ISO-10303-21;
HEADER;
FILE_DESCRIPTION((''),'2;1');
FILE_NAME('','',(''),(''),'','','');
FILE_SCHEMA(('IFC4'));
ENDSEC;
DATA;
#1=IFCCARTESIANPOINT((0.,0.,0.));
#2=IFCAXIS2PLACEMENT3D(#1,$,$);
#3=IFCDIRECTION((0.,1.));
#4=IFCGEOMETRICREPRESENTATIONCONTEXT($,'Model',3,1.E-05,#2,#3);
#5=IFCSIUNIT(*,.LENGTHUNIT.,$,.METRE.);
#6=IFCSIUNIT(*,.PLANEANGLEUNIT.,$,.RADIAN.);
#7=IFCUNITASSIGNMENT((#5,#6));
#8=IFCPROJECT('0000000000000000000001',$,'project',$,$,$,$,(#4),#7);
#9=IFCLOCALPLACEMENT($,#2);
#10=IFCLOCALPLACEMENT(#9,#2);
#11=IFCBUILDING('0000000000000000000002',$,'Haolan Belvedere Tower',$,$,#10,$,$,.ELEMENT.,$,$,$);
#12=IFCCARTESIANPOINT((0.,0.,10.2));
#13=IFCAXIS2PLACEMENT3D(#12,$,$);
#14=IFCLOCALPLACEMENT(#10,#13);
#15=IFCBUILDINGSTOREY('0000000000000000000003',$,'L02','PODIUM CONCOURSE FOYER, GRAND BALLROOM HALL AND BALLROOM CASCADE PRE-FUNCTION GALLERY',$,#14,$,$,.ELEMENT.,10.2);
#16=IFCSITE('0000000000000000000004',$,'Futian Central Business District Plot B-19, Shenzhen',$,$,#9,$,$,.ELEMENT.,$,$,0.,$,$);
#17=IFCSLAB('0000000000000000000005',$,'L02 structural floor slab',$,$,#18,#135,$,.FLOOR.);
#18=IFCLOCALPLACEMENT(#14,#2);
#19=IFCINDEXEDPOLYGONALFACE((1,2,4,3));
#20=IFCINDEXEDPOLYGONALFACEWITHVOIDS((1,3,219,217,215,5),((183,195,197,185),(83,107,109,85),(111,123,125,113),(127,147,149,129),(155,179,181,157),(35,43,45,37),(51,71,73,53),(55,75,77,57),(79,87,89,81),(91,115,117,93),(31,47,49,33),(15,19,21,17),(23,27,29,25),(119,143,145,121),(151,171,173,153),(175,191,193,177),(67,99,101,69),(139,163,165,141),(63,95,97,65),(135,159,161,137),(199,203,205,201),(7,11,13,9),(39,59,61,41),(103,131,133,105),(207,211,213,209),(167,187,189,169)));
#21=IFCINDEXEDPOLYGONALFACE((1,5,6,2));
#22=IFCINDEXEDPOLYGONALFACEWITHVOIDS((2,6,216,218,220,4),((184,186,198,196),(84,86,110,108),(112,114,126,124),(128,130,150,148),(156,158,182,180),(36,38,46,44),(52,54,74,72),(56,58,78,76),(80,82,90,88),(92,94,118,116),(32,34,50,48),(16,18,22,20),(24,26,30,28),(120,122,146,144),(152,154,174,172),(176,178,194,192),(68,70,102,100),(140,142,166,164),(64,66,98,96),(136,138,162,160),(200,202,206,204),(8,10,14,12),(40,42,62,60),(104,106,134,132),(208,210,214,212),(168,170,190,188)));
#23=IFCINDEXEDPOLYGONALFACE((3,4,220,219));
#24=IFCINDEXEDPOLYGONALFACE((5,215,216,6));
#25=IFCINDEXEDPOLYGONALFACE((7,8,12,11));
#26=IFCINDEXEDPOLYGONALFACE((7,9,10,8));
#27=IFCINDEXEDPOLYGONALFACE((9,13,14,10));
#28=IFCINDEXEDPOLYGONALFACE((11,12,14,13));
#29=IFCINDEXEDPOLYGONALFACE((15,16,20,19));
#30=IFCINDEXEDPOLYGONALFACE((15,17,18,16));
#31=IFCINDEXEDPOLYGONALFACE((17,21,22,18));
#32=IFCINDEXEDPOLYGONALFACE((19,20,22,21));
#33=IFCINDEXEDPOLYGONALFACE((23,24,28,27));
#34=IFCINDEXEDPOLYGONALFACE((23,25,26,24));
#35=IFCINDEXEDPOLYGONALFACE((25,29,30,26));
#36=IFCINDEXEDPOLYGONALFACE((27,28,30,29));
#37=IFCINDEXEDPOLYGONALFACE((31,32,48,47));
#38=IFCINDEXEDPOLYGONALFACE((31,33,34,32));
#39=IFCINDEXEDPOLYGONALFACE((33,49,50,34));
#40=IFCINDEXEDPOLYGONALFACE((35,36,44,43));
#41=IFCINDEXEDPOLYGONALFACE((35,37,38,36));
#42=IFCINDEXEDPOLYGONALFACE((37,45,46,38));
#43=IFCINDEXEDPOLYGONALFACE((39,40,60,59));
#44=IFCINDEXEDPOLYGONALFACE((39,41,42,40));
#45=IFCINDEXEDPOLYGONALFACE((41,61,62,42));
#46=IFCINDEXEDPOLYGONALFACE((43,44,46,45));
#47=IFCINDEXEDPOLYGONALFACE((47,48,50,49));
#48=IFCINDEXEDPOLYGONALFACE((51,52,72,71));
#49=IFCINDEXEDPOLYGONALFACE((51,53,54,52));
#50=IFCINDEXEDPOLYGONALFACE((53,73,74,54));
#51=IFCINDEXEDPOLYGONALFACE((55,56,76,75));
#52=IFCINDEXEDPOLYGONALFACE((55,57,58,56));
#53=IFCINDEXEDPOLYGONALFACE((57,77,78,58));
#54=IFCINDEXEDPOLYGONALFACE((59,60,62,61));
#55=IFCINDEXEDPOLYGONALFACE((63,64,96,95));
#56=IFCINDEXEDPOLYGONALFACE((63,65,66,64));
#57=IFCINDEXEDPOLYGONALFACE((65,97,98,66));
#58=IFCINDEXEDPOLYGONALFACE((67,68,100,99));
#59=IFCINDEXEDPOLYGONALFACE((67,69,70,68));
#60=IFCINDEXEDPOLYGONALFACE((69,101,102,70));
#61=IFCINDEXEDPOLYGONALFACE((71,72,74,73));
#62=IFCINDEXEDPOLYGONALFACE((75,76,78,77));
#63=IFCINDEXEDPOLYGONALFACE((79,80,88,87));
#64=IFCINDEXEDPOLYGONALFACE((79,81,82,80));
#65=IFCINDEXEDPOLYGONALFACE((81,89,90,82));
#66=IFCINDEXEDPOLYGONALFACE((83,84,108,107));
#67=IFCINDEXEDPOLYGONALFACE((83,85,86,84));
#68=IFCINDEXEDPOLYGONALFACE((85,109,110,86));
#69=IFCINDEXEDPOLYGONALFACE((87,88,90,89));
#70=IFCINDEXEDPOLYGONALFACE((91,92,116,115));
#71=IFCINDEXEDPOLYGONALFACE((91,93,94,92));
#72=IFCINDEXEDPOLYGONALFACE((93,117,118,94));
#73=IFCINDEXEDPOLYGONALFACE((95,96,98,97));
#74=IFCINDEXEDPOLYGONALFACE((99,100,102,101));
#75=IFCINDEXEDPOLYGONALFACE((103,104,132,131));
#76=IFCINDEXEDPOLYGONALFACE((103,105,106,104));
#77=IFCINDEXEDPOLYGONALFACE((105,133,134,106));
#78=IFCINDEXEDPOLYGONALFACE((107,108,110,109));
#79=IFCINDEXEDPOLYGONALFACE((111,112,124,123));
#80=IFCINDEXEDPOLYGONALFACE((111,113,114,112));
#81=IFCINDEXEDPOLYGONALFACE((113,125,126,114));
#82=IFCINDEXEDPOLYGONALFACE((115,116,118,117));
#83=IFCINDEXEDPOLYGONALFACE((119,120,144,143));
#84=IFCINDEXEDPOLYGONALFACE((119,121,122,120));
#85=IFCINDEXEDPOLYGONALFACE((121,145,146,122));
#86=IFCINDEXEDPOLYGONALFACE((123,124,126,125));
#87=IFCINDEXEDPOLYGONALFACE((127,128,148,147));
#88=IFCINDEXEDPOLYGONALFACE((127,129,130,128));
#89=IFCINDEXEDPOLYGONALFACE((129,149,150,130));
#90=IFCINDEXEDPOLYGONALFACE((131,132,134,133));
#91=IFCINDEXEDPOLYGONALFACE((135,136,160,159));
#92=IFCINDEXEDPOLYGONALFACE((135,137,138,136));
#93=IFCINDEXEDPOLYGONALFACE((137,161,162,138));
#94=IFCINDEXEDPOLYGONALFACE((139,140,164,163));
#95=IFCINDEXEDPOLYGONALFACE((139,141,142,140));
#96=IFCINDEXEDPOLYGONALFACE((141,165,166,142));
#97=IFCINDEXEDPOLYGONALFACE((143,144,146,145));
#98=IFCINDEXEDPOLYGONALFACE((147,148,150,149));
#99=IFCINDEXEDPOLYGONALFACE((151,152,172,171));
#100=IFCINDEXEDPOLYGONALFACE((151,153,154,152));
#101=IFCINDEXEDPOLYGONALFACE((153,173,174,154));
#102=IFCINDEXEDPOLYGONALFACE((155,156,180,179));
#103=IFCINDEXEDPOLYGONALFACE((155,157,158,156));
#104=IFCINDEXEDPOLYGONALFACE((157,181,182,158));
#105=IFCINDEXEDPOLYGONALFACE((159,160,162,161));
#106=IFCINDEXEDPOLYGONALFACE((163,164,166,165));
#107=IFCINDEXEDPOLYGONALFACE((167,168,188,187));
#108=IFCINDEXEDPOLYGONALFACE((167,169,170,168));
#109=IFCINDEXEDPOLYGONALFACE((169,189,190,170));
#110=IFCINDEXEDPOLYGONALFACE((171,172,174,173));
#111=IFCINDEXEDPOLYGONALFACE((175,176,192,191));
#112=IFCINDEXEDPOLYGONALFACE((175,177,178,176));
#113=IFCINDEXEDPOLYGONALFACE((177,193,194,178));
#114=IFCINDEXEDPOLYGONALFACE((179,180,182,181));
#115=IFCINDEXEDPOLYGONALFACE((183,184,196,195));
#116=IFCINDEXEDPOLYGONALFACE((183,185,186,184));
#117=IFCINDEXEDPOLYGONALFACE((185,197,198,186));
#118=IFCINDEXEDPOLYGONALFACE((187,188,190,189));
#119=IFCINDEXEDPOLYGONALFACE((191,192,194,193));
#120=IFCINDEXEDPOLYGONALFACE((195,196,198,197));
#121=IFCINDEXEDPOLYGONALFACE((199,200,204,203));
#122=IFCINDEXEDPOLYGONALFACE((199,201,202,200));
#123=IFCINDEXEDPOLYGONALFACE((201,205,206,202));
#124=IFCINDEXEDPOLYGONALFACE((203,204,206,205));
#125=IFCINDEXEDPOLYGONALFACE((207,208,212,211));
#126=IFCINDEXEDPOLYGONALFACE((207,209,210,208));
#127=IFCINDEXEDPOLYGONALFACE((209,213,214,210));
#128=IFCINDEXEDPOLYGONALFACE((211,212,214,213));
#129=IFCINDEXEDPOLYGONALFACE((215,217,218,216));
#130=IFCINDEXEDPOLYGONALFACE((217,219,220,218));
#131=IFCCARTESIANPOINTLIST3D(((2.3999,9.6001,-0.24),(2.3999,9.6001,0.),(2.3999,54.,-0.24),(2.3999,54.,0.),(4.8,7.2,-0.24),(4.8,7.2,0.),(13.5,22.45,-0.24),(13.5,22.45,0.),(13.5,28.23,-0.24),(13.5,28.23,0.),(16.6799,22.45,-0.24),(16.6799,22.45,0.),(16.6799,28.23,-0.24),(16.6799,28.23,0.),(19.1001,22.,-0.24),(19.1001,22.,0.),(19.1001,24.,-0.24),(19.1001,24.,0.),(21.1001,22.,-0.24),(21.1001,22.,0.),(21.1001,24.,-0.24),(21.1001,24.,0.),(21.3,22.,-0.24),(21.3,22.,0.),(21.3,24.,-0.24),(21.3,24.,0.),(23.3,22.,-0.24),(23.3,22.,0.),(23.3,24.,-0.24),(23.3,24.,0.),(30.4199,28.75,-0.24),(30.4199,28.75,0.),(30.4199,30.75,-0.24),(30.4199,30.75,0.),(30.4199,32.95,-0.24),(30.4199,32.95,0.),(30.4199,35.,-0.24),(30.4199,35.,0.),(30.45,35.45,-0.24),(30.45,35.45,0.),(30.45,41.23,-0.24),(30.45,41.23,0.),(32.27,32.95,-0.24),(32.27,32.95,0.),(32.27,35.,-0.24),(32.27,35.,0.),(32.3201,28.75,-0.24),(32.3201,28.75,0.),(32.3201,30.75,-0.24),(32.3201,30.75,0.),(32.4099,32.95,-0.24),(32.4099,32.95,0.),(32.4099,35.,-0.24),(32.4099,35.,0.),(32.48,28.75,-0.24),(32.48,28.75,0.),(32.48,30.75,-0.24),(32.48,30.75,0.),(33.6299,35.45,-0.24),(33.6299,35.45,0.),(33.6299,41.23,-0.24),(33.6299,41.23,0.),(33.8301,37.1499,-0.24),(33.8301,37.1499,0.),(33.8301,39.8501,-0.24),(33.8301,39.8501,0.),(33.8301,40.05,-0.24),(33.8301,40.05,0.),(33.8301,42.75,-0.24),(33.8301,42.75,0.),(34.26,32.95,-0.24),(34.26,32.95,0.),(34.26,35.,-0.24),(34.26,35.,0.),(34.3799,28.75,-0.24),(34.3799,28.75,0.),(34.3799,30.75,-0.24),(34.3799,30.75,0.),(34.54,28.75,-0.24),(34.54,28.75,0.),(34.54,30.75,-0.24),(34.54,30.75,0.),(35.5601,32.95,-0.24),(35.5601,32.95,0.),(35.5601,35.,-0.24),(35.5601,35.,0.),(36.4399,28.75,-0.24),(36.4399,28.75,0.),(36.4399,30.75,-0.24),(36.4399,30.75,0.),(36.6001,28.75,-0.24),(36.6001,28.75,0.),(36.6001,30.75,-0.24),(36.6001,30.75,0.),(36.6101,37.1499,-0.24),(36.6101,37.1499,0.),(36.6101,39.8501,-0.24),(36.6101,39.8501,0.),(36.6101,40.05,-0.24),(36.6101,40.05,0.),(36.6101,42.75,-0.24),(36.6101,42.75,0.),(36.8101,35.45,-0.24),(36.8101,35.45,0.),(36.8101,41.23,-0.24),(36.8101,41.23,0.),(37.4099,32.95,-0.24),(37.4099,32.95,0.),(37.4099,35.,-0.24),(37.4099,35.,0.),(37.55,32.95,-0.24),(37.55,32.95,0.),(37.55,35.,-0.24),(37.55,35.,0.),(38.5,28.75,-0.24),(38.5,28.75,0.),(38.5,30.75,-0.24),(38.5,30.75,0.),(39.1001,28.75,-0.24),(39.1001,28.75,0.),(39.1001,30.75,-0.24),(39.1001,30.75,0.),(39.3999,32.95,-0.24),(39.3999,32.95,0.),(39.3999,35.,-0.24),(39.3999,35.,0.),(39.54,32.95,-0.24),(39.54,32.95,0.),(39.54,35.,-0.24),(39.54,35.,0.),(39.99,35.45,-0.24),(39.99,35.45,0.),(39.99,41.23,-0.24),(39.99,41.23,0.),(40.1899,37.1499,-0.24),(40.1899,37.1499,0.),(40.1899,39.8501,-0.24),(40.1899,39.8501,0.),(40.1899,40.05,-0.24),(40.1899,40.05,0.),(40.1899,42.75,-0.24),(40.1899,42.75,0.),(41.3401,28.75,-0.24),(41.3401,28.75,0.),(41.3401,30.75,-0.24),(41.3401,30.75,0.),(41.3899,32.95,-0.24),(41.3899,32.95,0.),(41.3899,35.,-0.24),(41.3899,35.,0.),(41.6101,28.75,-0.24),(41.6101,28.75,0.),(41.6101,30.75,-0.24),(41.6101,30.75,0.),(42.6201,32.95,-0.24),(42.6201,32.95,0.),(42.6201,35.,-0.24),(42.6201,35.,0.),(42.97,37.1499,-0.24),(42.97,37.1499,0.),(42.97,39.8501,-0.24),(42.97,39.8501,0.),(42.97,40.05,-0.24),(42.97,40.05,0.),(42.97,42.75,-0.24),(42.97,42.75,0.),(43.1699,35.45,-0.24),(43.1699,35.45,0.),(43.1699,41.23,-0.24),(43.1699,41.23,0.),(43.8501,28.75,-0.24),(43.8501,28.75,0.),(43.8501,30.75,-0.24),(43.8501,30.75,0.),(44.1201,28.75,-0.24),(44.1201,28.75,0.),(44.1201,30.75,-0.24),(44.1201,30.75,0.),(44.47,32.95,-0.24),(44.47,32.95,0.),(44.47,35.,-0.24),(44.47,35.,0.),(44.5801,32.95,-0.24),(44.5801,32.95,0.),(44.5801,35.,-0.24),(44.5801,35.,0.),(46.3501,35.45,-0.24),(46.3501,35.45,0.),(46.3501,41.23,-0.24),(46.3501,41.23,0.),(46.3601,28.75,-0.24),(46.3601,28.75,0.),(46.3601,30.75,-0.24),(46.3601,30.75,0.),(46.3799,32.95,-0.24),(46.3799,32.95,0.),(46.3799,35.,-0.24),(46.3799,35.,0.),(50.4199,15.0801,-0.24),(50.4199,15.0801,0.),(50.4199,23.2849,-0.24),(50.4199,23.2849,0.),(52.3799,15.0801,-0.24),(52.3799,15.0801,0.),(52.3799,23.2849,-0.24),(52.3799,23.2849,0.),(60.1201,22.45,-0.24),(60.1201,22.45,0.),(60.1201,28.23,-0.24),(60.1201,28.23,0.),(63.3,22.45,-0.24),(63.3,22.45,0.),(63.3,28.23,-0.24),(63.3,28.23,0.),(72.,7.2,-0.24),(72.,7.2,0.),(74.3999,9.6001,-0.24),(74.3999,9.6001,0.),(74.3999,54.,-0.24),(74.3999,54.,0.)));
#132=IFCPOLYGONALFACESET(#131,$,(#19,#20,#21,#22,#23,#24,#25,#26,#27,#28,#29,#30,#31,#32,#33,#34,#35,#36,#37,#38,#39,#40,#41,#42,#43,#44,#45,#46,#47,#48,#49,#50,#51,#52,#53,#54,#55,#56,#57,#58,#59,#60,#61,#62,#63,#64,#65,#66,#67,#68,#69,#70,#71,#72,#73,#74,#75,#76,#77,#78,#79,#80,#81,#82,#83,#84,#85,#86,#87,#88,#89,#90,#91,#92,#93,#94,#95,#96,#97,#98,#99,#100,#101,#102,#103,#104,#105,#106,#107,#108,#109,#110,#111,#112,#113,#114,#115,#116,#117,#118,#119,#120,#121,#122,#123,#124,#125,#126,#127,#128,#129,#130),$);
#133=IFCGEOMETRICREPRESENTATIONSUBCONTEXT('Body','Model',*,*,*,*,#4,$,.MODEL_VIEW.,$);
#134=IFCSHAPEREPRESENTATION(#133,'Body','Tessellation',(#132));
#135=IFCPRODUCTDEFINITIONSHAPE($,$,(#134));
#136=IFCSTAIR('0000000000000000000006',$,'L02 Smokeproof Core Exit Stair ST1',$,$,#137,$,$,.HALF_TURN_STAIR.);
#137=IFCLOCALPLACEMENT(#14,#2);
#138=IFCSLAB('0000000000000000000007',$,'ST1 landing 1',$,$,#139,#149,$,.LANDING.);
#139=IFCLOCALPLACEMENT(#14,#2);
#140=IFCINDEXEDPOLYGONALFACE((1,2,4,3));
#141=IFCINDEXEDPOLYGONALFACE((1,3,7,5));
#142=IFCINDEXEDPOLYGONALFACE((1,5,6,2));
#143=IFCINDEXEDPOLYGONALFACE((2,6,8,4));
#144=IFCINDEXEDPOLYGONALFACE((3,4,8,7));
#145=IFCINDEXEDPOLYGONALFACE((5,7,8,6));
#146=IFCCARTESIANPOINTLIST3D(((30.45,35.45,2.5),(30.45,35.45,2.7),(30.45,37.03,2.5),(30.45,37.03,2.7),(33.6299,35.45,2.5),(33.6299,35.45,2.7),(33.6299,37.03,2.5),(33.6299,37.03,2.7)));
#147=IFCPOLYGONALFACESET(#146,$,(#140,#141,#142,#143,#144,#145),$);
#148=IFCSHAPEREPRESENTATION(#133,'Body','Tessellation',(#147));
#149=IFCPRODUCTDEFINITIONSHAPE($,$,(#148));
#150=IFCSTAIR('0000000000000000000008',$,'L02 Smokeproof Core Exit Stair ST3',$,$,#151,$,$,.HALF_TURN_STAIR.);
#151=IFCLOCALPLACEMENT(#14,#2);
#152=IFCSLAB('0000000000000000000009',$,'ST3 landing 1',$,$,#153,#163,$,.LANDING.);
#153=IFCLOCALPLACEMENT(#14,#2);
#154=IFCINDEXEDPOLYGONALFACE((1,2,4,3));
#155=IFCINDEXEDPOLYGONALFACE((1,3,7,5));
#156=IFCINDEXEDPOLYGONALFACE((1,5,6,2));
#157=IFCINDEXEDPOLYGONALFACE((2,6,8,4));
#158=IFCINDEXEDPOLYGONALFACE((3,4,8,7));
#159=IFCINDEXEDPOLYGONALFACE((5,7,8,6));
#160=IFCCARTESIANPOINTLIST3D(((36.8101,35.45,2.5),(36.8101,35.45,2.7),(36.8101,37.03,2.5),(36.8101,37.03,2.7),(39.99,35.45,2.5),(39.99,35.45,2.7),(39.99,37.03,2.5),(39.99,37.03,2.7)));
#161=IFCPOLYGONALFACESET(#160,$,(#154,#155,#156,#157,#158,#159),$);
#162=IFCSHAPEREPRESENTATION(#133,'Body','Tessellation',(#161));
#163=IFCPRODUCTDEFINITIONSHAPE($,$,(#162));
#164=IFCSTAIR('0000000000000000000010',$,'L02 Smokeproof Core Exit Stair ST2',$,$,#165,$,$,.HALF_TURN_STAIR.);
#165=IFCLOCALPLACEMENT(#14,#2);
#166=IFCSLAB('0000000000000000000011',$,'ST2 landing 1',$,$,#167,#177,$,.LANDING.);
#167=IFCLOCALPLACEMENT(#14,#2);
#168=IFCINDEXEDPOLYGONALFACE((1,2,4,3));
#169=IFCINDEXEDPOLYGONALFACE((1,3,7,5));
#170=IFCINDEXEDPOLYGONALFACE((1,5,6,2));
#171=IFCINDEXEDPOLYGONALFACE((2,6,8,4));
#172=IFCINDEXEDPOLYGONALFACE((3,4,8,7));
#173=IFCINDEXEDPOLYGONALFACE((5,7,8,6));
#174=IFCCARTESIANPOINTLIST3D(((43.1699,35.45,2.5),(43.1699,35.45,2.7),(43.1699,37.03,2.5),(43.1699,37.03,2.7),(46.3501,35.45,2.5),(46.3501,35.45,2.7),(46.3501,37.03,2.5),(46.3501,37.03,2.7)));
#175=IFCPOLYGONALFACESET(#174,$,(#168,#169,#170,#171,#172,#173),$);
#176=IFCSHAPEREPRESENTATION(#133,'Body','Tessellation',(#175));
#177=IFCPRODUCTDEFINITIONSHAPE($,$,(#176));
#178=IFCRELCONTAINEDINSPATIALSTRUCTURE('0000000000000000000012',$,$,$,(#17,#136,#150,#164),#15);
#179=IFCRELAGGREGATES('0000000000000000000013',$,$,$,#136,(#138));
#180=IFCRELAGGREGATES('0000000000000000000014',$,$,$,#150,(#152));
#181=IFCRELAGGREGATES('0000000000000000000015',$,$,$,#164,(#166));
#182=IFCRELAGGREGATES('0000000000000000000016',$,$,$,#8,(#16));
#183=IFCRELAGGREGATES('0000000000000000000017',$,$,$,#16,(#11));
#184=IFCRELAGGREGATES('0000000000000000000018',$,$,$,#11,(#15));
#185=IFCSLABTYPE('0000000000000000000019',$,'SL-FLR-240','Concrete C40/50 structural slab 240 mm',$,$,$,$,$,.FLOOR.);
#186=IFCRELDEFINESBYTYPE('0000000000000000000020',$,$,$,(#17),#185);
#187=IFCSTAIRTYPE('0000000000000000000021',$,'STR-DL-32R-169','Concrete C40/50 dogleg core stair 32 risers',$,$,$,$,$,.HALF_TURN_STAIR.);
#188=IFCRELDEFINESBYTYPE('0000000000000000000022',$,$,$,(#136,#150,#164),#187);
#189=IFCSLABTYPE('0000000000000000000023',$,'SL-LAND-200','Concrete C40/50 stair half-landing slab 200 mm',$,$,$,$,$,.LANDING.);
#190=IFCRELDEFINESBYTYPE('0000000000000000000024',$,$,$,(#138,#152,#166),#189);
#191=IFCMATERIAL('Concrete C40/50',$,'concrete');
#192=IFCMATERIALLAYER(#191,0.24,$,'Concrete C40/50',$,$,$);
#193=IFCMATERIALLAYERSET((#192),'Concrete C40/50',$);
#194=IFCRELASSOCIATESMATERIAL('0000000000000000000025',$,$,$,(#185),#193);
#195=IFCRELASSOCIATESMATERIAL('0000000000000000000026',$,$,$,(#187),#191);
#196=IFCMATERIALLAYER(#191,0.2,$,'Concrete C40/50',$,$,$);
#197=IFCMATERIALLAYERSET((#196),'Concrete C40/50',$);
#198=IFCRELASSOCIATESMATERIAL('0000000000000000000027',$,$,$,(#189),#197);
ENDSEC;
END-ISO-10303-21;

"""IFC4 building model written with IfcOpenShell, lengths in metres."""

from ifc_helpers import new_model, si_unit, direction, frame, origin, place, context, subcontext, project, spatial, polyline, outline, extrude, material, layer, layer_set, type_object, element, aggregate, save


model = new_model("IFC4")

# Units and contexts
model_context = context("Model", 3, precision=1e-05, world=origin(), true_north=direction((0.0, 1.0)))
body_context = subcontext(model_context, "Body", "Model", "MODEL_VIEW")
ifc_project = project(units=[si_unit("LENGTHUNIT", "METRE"), si_unit("PLANEANGLEUNIT", "RADIAN")], contexts=[model_context])

# Site, building, storey
site_placement = place(None, origin())
site = spatial("IfcSite", under=ifc_project, at=site_placement, Name="Futian Central Business District Plot B-19, Shenzhen", CompositionType="ELEMENT", RefElevation=0.0)
building_placement = place(site_placement, origin())
building = spatial("IfcBuilding", under=site, at=building_placement, Name="Haolan Belvedere Tower", CompositionType="ELEMENT")
storey_placement = place(building_placement, frame((0.0, 0.0, 10.2)))
storey = spatial("IfcBuildingStorey", under=building, at=storey_placement, Name="L02", Description="PODIUM CONCOURSE FOYER, GRAND BALLROOM HALL AND BALLROOM CASCADE PRE-FUNCTION GALLERY", CompositionType="ELEMENT", Elevation=10.2)

# Slab
ifc_material_1 = material(Name="Concrete C40/50", Category="concrete")
ifc_layer_1 = layer(ifc_material_1, 0.24, Name="Concrete C40/50")
ifc_layer_set_1 = layer_set([ifc_layer_1], Name="Concrete C40/50")
slab_type_1 = type_object("IfcSlabType", Name="SL-FLR-240", Description="Concrete C40/50 structural slab 240 mm", PredefinedType="FLOOR", material=ifc_layer_set_1)
slab_1_placement = place(storey_placement, frame((0.0, 0.0, -0.24)))
element("IfcSlab", 1, at=slab_1_placement, inside=storey, type_object=slab_type_1, Name="L02 structural floor slab", PredefinedType="FLOOR", context=body_context, shape_type="SweptSolid", body=[
    extrude(outline(polyline([(4.8, 7.2), (72.0, 7.2), (74.3999, 9.6001), (74.3999, 54.0), (2.3999, 54.0), (2.3999, 9.6001), (4.8, 7.2)]), holes=[polyline([(30.45, 41.23), (30.45, 35.45), (33.6299, 35.45), (33.6299, 41.23), (30.45, 41.23)]), polyline([(36.8101, 41.23), (36.8101, 35.45), (39.99, 35.45), (39.99, 41.23), (36.8101, 41.23)]), polyline([(43.1699, 41.23), (43.1699, 35.45), (46.3501, 35.45), (46.3501, 41.23), (43.1699, 41.23)]), polyline([(13.5, 28.23), (13.5, 22.45), (16.6799, 22.45), (16.6799, 28.23), (13.5, 28.23)]), polyline([(60.1201, 28.23), (60.1201, 22.45), (63.3, 22.45), (63.3, 28.23), (60.1201, 28.23)]), polyline([(50.4199, 15.0801), (52.3799, 15.0801), (52.3799, 23.2849), (50.4199, 23.2849), (50.4199, 15.0801)]), polyline([(33.8301, 40.05), (36.6101, 40.05), (36.6101, 42.75), (33.8301, 42.75), (33.8301, 40.05)]), polyline([(33.8301, 37.1499), (36.6101, 37.1499), (36.6101, 39.8501), (33.8301, 39.8501), (33.8301, 37.1499)]), polyline([(40.1899, 40.05), (42.97, 40.05), (42.97, 42.75), (40.1899, 42.75), (40.1899, 40.05)]), polyline([(40.1899, 37.1499), (42.97, 37.1499), (42.97, 39.8501), (40.1899, 39.8501), (40.1899, 37.1499)]), polyline([(30.4199, 32.95), (32.27, 32.95), (32.27, 35.0), (30.4199, 35.0), (30.4199, 32.95)]), polyline([(32.4099, 32.95), (34.26, 32.95), (34.26, 35.0), (32.4099, 35.0), (32.4099, 32.95)]), polyline([(35.5601, 32.95), (37.4099, 32.95), (37.4099, 35.0), (35.5601, 35.0), (35.5601, 32.95)]), polyline([(37.55, 32.95), (39.3999, 32.95), (39.3999, 35.0), (37.55, 35.0), (37.55, 32.95)]), polyline([(39.54, 32.95), (41.3899, 32.95), (41.3899, 35.0), (39.54, 35.0), (39.54, 32.95)]), polyline([(42.6201, 32.95), (44.47, 32.95), (44.47, 35.0), (42.6201, 35.0), (42.6201, 32.95)]), polyline([(44.5801, 32.95), (46.3799, 32.95), (46.3799, 35.0), (44.5801, 35.0), (44.5801, 32.95)]), polyline([(30.4199, 28.75), (32.3201, 28.75), (32.3201, 30.75), (30.4199, 30.75), (30.4199, 28.75)]), polyline([(32.48, 28.75), (34.3799, 28.75), (34.3799, 30.75), (32.48, 30.75), (32.48, 28.75)]), polyline([(34.54, 28.75), (36.4399, 28.75), (36.4399, 30.75), (34.54, 30.75), (34.54, 28.75)]), polyline([(36.6001, 28.75), (38.5, 28.75), (38.5, 30.75), (36.6001, 30.75), (36.6001, 28.75)]), polyline([(39.1001, 28.75), (41.3401, 28.75), (41.3401, 30.75), (39.1001, 30.75), (39.1001, 28.75)]), polyline([(41.6101, 28.75), (43.8501, 28.75), (43.8501, 30.75), (41.6101, 30.75), (41.6101, 28.75)]), polyline([(44.1201, 28.75), (46.3601, 28.75), (46.3601, 30.75), (44.1201, 30.75), (44.1201, 28.75)]), polyline([(19.1001, 22.0), (21.1001, 22.0), (21.1001, 24.0), (19.1001, 24.0), (19.1001, 22.0)]), polyline([(21.3, 22.0), (23.3, 22.0), (23.3, 24.0), (21.3, 24.0), (21.3, 22.0)])]), origin(), (0.0, 0.0, 1.0), 0.24),
])

# Stairs, slabs
stair_type = type_object("IfcStairType", Name="STR-DL-32R-169", Description="Concrete C40/50 dogleg core stair 32 risers", PredefinedType="HALF_TURN_STAIR", material=ifc_material_1)
stair_1_placement = place(storey_placement, origin())
stair_1 = element("IfcStair", 2, at=stair_1_placement, inside=storey, type_object=stair_type, Name="L02 Smokeproof Core Exit Stair ST1", PredefinedType="HALF_TURN_STAIR")
ifc_layer_2 = layer(ifc_material_1, 0.2, Name="Concrete C40/50")
ifc_layer_set_2 = layer_set([ifc_layer_2], Name="Concrete C40/50")
slab_type_2 = type_object("IfcSlabType", Name="SL-LAND-200", Description="Concrete C40/50 stair half-landing slab 200 mm", PredefinedType="LANDING", material=ifc_layer_set_2)
slab_2_placement = place(storey_placement, frame((0.0, 0.0, 2.5)))
slab_2 = element("IfcSlab", 3, at=slab_2_placement, type_object=slab_type_2, Name="ST1 landing 1", PredefinedType="LANDING", context=body_context, shape_type="SweptSolid", body=[
    extrude(outline(polyline([(30.45, 37.03), (30.45, 35.45), (33.6299, 35.45), (33.6299, 37.03), (30.45, 37.03)])), origin(), (0.0, 0.0, 1.0), 0.2),
])
aggregate(stair_1, [slab_2])
stair_2_placement = place(storey_placement, origin())
stair_2 = element("IfcStair", 4, at=stair_2_placement, inside=storey, type_object=stair_type, Name="L02 Smokeproof Core Exit Stair ST3", PredefinedType="HALF_TURN_STAIR")
slab_3_placement = place(storey_placement, frame((0.0, 0.0, 2.5)))
slab_3 = element("IfcSlab", 5, at=slab_3_placement, type_object=slab_type_2, Name="ST3 landing 1", PredefinedType="LANDING", context=body_context, shape_type="SweptSolid", body=[
    extrude(outline(polyline([(36.8101, 37.03), (36.8101, 35.45), (39.99, 35.45), (39.99, 37.03), (36.8101, 37.03)])), origin(), (0.0, 0.0, 1.0), 0.2),
])
aggregate(stair_2, [slab_3])
stair_3_placement = place(storey_placement, origin())
stair_3 = element("IfcStair", 6, at=stair_3_placement, inside=storey, type_object=stair_type, Name="L02 Smokeproof Core Exit Stair ST2", PredefinedType="HALF_TURN_STAIR")
slab_4_placement = place(storey_placement, frame((0.0, 0.0, 2.5)))
slab_4 = element("IfcSlab", 7, at=slab_4_placement, type_object=slab_type_2, Name="ST2 landing 1", PredefinedType="LANDING", context=body_context, shape_type="SweptSolid", body=[
    extrude(outline(polyline([(43.1699, 37.03), (43.1699, 35.45), (46.3501, 35.45), (46.3501, 37.03), (43.1699, 37.03)])), origin(), (0.0, 0.0, 1.0), 0.2),
])
aggregate(stair_3, [slab_4])

save(model, "model.ifc")
